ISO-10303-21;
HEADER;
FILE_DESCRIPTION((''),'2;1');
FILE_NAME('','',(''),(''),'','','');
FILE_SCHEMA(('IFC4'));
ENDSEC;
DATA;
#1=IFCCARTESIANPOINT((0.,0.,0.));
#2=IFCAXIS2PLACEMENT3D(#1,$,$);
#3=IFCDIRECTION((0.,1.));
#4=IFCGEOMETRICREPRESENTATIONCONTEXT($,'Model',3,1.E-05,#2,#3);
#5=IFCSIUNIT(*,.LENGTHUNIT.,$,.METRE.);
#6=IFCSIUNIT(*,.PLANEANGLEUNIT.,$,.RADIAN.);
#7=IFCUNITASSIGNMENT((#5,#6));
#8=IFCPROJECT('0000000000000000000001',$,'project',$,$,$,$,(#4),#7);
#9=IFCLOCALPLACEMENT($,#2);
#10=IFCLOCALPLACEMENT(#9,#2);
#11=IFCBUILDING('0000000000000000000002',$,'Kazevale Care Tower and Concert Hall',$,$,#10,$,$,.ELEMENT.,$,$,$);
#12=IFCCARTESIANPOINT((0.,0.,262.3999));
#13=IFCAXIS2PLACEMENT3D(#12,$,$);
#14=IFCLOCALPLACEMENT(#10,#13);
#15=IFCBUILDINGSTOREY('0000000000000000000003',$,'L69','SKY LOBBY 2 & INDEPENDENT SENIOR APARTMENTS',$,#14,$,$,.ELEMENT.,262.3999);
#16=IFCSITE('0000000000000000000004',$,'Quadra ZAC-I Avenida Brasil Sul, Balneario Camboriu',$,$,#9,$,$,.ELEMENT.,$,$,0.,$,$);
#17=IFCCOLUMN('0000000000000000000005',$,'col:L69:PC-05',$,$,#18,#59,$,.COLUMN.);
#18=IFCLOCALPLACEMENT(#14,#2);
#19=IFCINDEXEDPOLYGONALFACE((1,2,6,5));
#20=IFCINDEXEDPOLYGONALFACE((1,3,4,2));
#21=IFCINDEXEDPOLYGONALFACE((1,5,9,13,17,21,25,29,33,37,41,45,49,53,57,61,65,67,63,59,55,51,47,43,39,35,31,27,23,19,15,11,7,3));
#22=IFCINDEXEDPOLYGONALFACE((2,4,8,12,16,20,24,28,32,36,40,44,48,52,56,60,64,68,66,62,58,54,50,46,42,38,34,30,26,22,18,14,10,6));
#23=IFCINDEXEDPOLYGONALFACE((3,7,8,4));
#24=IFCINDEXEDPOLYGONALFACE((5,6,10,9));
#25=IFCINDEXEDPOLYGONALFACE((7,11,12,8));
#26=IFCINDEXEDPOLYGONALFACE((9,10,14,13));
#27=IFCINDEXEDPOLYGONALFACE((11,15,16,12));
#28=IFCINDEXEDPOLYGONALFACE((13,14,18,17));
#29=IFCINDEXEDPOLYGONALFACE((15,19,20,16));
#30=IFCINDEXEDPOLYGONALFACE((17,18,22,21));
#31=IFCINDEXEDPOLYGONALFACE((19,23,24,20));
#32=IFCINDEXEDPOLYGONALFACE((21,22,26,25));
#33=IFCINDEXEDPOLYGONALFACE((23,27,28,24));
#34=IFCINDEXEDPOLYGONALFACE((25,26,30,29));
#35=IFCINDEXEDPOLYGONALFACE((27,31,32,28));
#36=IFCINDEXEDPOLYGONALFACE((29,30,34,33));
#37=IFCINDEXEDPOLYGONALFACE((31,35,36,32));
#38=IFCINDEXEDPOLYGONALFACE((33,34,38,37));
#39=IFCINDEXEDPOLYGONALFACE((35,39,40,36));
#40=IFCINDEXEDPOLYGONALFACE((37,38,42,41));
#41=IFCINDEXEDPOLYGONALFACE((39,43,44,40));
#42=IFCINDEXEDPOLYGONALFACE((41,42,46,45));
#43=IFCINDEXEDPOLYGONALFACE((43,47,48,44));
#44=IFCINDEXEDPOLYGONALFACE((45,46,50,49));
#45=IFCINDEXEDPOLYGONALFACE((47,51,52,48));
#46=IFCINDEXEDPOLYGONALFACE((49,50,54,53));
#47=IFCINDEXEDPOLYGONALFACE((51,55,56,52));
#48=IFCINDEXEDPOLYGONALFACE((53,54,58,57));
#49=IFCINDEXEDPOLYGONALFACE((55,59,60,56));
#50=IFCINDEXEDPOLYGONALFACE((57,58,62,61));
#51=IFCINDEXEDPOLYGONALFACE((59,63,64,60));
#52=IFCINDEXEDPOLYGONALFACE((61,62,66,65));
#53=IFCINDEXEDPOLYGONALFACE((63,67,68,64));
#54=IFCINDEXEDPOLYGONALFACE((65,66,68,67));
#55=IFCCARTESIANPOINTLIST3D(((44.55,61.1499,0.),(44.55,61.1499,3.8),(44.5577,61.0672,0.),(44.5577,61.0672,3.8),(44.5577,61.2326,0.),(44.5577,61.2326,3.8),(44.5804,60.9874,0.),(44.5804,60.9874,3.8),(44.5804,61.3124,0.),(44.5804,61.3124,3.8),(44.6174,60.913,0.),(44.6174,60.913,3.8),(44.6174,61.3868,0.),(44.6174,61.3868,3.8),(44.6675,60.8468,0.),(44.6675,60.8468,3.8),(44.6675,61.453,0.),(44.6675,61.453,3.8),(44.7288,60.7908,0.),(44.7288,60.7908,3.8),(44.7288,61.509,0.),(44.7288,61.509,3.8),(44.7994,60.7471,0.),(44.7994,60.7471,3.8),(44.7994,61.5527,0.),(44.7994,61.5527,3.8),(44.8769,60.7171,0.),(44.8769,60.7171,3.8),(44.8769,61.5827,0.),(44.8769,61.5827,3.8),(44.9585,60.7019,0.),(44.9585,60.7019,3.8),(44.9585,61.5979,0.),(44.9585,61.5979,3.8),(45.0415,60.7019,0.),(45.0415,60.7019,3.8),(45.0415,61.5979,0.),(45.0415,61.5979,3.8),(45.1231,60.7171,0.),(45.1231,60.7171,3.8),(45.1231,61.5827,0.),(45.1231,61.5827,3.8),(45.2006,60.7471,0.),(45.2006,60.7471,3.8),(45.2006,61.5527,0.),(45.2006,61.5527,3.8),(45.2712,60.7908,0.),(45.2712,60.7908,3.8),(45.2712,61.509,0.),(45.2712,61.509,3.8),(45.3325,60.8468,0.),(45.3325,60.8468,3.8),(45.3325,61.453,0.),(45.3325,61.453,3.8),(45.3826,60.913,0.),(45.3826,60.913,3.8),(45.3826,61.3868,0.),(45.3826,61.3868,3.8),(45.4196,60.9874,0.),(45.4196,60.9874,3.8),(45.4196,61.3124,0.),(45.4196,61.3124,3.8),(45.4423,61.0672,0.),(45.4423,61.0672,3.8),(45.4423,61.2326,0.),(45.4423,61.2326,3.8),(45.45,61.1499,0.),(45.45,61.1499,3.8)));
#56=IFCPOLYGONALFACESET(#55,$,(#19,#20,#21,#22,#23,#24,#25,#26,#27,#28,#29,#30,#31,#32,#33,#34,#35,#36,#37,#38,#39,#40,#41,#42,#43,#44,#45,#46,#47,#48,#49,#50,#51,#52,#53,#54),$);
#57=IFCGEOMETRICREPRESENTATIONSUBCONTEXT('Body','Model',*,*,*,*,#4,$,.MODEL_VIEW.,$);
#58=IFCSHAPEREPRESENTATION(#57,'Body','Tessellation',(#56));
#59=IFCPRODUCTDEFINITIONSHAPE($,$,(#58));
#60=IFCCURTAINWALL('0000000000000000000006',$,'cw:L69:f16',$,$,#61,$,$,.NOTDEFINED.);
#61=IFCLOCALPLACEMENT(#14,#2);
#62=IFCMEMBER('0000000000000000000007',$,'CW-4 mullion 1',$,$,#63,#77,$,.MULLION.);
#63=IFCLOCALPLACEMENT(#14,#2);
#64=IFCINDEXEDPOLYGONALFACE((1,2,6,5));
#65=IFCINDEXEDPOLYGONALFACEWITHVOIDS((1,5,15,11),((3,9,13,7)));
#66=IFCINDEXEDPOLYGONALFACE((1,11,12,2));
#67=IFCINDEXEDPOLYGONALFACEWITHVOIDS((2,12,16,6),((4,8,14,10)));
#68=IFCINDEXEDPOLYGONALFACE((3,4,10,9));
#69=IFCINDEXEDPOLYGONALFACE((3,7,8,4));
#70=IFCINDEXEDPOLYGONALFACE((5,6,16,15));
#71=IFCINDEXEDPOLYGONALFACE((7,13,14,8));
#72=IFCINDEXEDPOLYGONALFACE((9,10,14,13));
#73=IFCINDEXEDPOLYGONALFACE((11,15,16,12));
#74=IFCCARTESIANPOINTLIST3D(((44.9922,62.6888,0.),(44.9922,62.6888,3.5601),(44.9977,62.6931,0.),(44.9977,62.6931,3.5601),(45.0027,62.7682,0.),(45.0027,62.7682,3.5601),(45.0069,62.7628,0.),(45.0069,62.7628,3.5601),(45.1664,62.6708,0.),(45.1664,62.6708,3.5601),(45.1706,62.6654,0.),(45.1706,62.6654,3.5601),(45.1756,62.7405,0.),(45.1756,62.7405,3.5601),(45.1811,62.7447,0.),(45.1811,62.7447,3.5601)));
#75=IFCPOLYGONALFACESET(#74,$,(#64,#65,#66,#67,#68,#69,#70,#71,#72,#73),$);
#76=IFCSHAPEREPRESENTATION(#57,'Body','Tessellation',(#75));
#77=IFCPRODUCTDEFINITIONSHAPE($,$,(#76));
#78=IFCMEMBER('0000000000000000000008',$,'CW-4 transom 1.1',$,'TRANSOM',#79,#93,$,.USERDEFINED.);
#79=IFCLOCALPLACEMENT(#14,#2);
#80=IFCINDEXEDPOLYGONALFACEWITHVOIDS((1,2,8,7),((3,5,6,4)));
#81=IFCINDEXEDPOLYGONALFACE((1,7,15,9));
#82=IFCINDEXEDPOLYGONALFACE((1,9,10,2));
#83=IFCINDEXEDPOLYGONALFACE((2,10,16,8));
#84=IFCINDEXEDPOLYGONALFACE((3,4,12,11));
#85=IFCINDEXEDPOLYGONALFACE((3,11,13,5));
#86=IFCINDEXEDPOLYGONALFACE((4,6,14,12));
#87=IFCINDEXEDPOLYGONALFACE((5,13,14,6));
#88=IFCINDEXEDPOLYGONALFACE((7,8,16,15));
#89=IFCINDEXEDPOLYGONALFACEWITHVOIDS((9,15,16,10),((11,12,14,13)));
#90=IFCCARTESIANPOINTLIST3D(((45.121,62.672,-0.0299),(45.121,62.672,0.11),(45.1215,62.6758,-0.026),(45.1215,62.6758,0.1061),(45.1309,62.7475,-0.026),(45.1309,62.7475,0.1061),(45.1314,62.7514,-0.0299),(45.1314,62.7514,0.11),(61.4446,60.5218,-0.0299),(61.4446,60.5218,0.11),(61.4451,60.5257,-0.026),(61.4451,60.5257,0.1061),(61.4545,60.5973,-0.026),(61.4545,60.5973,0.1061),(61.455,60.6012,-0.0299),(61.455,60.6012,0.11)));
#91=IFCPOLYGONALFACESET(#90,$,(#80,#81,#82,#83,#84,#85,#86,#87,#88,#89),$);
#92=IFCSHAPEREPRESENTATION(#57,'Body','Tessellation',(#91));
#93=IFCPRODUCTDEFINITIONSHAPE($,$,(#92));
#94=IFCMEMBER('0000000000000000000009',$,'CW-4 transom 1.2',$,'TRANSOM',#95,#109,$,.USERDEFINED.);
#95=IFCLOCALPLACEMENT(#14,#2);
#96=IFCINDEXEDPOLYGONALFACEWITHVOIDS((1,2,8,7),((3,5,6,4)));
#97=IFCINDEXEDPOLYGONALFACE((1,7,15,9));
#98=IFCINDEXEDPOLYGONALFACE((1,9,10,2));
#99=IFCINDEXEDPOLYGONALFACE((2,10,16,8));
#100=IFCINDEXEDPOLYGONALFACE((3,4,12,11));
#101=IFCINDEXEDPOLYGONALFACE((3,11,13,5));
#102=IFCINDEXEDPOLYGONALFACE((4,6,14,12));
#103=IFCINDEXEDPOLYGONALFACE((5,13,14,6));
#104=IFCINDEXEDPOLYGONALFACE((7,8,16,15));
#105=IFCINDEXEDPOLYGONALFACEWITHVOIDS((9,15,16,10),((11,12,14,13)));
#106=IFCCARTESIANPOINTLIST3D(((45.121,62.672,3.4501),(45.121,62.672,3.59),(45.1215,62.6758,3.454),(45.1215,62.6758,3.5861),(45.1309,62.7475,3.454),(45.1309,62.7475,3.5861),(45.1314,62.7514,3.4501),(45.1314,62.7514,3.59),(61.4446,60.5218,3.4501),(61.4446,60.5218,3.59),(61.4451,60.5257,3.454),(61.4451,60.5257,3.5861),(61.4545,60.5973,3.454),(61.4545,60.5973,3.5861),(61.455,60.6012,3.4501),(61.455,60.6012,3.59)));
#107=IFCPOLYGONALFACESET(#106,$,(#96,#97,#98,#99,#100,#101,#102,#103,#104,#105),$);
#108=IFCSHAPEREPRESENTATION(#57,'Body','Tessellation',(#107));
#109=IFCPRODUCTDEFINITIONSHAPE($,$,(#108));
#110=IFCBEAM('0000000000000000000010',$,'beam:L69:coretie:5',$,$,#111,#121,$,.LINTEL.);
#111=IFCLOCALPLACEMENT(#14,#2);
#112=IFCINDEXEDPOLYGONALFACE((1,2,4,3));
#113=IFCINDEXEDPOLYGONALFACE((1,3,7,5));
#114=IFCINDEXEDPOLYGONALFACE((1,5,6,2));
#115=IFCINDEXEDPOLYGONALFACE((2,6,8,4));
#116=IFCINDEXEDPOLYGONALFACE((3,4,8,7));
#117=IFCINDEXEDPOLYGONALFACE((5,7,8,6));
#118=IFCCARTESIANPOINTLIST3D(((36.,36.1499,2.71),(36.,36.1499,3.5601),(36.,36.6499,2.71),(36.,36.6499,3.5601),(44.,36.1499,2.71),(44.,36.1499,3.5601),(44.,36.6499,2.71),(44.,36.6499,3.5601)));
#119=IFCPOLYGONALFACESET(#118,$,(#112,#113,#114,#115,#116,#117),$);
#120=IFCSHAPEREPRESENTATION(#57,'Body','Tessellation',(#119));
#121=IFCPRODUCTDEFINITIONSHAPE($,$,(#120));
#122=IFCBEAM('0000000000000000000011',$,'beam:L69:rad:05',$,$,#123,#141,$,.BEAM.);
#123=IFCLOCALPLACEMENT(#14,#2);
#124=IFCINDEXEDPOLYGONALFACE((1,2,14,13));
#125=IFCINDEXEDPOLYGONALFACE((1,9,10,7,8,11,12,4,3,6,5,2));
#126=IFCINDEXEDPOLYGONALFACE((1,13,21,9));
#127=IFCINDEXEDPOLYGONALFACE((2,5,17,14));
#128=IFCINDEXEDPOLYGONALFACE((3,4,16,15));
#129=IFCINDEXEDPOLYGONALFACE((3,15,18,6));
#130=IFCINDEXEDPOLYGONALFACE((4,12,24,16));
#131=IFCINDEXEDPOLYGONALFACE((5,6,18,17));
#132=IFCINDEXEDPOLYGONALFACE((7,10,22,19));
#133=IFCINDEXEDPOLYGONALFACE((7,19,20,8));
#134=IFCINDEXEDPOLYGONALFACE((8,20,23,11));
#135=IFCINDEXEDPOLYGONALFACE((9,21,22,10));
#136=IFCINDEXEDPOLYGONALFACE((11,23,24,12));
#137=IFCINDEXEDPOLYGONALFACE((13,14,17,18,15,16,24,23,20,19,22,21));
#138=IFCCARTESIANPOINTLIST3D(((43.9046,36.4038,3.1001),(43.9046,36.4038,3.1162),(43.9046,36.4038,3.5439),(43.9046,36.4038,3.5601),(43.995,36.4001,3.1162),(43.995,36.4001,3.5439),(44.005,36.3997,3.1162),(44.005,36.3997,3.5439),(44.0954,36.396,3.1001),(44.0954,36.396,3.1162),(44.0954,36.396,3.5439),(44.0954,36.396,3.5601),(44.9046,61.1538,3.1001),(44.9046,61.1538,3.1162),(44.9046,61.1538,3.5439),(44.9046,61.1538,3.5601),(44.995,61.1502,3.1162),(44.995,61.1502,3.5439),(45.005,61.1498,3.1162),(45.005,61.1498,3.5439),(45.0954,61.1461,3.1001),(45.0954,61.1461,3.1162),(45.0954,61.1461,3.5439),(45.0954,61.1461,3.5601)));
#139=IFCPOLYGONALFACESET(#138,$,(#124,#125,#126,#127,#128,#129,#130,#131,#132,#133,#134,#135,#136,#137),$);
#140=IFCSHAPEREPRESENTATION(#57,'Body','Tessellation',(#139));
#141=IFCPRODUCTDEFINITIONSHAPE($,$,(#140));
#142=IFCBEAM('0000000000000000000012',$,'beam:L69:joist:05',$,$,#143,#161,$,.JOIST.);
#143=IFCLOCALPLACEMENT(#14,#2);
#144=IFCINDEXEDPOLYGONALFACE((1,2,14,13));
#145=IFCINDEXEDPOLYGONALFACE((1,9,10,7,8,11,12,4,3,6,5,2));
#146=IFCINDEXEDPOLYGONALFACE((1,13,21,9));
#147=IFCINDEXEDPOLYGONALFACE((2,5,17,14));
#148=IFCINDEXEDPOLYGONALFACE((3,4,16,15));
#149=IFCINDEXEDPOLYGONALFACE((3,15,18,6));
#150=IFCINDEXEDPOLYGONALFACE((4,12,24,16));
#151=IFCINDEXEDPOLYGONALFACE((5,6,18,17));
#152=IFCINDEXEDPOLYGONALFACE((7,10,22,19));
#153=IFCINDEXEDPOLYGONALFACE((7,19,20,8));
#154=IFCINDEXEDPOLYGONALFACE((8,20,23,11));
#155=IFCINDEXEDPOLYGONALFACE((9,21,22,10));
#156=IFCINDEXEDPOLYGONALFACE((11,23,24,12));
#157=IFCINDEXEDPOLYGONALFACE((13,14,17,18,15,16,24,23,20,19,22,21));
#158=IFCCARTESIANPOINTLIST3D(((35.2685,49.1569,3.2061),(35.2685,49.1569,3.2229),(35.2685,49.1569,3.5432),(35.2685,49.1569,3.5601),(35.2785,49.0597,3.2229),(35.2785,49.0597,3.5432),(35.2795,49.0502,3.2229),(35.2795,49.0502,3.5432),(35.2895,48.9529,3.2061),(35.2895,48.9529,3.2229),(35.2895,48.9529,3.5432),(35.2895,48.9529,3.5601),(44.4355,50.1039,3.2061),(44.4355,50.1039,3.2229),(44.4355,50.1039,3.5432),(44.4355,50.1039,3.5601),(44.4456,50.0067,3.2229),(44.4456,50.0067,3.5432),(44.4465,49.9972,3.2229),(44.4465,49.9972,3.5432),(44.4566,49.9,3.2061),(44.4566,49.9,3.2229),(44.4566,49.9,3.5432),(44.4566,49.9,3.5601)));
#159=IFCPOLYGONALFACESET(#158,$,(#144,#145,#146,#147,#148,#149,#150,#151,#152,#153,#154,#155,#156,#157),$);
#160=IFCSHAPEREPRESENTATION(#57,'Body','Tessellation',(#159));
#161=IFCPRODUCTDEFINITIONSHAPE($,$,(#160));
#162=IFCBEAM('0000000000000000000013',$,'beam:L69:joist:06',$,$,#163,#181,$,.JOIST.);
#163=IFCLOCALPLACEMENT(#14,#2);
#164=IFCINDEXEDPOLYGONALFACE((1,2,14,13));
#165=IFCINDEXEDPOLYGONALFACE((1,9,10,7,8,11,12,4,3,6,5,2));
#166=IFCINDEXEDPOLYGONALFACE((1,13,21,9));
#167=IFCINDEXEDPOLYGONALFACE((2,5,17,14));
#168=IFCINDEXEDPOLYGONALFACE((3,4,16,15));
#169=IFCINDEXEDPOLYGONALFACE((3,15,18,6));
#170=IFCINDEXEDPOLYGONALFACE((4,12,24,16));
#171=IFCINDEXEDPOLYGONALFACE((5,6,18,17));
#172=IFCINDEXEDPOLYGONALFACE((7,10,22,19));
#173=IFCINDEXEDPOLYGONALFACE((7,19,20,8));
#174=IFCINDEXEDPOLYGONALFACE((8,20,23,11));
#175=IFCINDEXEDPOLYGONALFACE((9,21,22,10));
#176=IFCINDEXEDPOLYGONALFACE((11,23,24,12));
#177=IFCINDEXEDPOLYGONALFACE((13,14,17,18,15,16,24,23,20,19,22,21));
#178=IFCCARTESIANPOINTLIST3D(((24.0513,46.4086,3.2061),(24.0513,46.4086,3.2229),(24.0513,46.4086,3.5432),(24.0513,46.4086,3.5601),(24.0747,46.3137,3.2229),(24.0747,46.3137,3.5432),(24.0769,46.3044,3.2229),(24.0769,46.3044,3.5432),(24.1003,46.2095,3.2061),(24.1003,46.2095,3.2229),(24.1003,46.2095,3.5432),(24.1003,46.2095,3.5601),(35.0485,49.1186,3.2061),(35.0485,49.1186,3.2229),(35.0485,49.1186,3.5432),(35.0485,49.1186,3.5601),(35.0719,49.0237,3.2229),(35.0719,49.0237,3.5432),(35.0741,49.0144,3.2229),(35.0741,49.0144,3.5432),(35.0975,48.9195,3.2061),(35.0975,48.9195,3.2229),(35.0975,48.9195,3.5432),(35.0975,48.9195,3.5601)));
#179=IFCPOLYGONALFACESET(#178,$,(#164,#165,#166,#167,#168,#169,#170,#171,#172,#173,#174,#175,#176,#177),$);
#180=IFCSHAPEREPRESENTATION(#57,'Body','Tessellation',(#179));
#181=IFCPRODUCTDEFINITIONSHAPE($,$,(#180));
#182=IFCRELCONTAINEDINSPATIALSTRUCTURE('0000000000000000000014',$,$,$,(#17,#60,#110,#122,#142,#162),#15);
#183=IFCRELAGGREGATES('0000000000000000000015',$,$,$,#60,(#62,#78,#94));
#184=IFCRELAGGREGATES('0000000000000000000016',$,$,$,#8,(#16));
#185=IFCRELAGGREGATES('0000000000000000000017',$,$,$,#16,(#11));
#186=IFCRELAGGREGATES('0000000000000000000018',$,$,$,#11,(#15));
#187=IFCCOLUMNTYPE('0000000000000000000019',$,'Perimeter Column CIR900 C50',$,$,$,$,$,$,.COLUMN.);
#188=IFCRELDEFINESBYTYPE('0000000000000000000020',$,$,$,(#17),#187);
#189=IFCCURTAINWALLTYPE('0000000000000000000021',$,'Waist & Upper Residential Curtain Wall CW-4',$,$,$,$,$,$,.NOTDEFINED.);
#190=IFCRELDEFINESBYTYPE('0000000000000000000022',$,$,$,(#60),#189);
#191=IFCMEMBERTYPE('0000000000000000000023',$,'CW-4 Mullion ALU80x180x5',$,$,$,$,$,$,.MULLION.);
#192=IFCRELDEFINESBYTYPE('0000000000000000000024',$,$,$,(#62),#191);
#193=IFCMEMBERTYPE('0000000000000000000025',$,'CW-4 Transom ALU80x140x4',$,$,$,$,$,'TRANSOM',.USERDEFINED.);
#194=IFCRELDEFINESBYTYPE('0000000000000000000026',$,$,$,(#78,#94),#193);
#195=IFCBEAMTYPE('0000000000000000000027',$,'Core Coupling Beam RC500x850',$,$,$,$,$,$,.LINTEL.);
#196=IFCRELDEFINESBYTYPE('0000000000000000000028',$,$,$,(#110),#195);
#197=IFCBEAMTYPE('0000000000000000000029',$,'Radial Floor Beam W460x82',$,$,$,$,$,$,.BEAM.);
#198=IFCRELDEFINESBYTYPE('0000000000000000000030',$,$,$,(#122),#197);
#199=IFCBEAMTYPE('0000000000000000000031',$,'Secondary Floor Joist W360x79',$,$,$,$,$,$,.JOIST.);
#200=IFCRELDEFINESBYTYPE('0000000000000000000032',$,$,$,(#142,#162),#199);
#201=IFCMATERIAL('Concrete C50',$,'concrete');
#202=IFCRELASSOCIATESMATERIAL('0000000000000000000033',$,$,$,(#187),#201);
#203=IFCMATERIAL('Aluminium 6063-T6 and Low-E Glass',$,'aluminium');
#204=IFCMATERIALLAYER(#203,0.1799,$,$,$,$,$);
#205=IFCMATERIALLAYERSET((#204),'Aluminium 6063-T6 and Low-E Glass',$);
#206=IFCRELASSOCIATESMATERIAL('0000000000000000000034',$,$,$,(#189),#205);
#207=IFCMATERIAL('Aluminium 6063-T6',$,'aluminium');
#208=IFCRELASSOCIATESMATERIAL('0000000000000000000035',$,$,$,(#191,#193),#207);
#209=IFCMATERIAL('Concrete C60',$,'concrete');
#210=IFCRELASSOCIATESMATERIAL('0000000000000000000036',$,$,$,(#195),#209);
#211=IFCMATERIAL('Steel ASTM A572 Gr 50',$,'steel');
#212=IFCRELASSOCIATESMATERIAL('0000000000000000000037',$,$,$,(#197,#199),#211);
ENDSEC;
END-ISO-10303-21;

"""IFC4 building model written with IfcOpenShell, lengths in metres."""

from ifc_helpers import new_model, si_unit, direction, frame, origin, origin_2d, place, context, subcontext, project, spatial, rectangle, hollow_rectangle, circle, i_section, extrude, material, layer, layer_set, material_profile, profile_set, type_object, element, aggregate, save


model = new_model("IFC4")

# Units and contexts
model_context = context("Model", 3, precision=1e-05, world=origin(), true_north=direction((0.0, 1.0)))
body_context = subcontext(model_context, "Body", "Model", "MODEL_VIEW")
ifc_project = project(units=[si_unit("LENGTHUNIT", "METRE"), si_unit("PLANEANGLEUNIT", "RADIAN")], contexts=[model_context])

# Site, building, storey
site_placement = place(None, origin())
site = spatial("IfcSite", under=ifc_project, at=site_placement, Name="Quadra ZAC-I Avenida Brasil Sul, Balneario Camboriu", CompositionType="ELEMENT", RefElevation=0.0)
building_placement = place(site_placement, origin())
building = spatial("IfcBuilding", under=site, at=building_placement, Name="Kazevale Care Tower and Concert Hall", CompositionType="ELEMENT")
storey_placement = place(building_placement, frame((0.0, 0.0, 262.3999)))
storey = spatial("IfcBuildingStorey", under=building, at=storey_placement, Name="L69", Description="SKY LOBBY 2 & INDEPENDENT SENIOR APARTMENTS", CompositionType="ELEMENT", Elevation=262.3999)

# Column
ifc_material_1 = material(Name="Concrete C50", Category="concrete")
ifc_material_profile_1 = material_profile(ifc_material_1, circle(Radius=0.45, at=origin_2d()), Name="RC-CIR900")
ifc_profile_set_1 = profile_set([ifc_material_profile_1], Name="Concrete C50")
column_type = type_object("IfcColumnType", Name="Perimeter Column CIR900 C50", PredefinedType="COLUMN", material=ifc_profile_set_1)
column_placement = place(storey_placement, frame((45.0, 61.1499, 0.0), z_axis=(0.0, 0.0, 1.0), x_axis=(1.0, 0.0, 0.0)))
element("IfcColumn", 1, at=column_placement, inside=storey, type_object=column_type, Name="col:L69:PC-05", PredefinedType="COLUMN", context=body_context, shape_type="SweptSolid", body=[
    extrude(circle(Radius=0.45, at=origin_2d()), origin(), (0.0, 0.0, 1.0), 3.8),
])

# Curtain wall, members
ifc_material_2 = material(Name="Aluminium 6063-T6 and Low-E Glass", Category="aluminium")
ifc_layer_1 = layer(ifc_material_2, 0.1799)
ifc_layer_set_1 = layer_set([ifc_layer_1], Name="Aluminium 6063-T6 and Low-E Glass")
curtain_wall_type = type_object("IfcCurtainWallType", Name="Waist & Upper Residential Curtain Wall CW-4", PredefinedType="NOTDEFINED", material=ifc_layer_set_1)
curtain_wall_placement = place(storey_placement, origin())
curtain_wall = element("IfcCurtainWall", 2, at=curtain_wall_placement, inside=storey, type_object=curtain_wall_type, Name="cw:L69:f16", PredefinedType="NOTDEFINED")
ifc_material_3 = material(Name="Aluminium 6063-T6", Category="aluminium")
ifc_material_profile_2 = material_profile(ifc_material_3, hollow_rectangle(XDim=0.0801, YDim=0.1799, WallThickness=0.0049, at=origin_2d()), Name="ALU80x180x5")
ifc_profile_set_2 = profile_set([ifc_material_profile_2], Name="Aluminium 6063-T6")
member_type_1 = type_object("IfcMemberType", Name="CW-4 Mullion ALU80x180x5", PredefinedType="MULLION", material=ifc_profile_set_2)
member_1_placement = place(storey_placement, frame((45.0867, 62.7168, 0.0), z_axis=(0.0, 0.0, 1.0), x_axis=(0.130591, 0.991436, 0.0)))
member_1 = element("IfcMember", 3, at=member_1_placement, type_object=member_type_1, Name="CW-4 mullion 1", PredefinedType="MULLION", context=body_context, shape_type="SweptSolid", body=[
    extrude(hollow_rectangle(XDim=0.0801, YDim=0.1799, WallThickness=0.0049, at=origin_2d()), origin(), (0.0, 0.0, 1.0), 3.5601),
])
ifc_material_profile_3 = material_profile(ifc_material_3, hollow_rectangle(XDim=0.0801, YDim=0.1399, WallThickness=0.0039, at=origin_2d()), Name="ALU80x140x4")
ifc_profile_set_3 = profile_set([ifc_material_profile_3], Name="Aluminium 6063-T6")
member_type_2 = type_object("IfcMemberType", Name="CW-4 Transom ALU80x140x4", ElementType="TRANSOM", PredefinedType="USERDEFINED", material=ifc_profile_set_3)
member_2_placement = place(storey_placement, frame((45.1262, 62.7117, 0.04), z_axis=(0.991436, -0.130593, 0.0), x_axis=(0.130593, 0.991436, 0.0)))
member_2 = element("IfcMember", 4, at=member_2_placement, type_object=member_type_2, Name="CW-4 transom 1.1", ObjectType="TRANSOM", PredefinedType="USERDEFINED", context=body_context, shape_type="SweptSolid", body=[
    extrude(hollow_rectangle(XDim=0.0801, YDim=0.1399, WallThickness=0.0039, at=origin_2d()), origin(), (0.0, 0.0, 1.0), 16.4646),
])
member_3_placement = place(storey_placement, frame((45.1262, 62.7117, 3.52), z_axis=(0.991436, -0.130593, 0.0), x_axis=(0.130593, 0.991436, 0.0)))
member_3 = element("IfcMember", 5, at=member_3_placement, type_object=member_type_2, Name="CW-4 transom 1.2", ObjectType="TRANSOM", PredefinedType="USERDEFINED", context=body_context, shape_type="SweptSolid", body=[
    extrude(hollow_rectangle(XDim=0.0801, YDim=0.1399, WallThickness=0.0039, at=origin_2d()), origin(), (0.0, 0.0, 1.0), 16.4646),
])
aggregate(curtain_wall, [member_1, member_2, member_3])

# Beams
ifc_material_4 = material(Name="Concrete C60", Category="concrete")
ifc_material_profile_4 = material_profile(ifc_material_4, rectangle(XDim=0.5, YDim=0.8501, at=origin_2d()), Name="RC-B500x850")
ifc_profile_set_4 = profile_set([ifc_material_profile_4], Name="Concrete C60")
beam_type_1 = type_object("IfcBeamType", Name="Core Coupling Beam RC500x850", PredefinedType="LINTEL", material=ifc_profile_set_4)
beam_1_placement = place(storey_placement, frame((44.0, 36.3999, 3.135), z_axis=(-1.0, 0.0, 0.0), x_axis=(0.0, -1.0, 0.0)))
element("IfcBeam", 6, at=beam_1_placement, inside=storey, type_object=beam_type_1, Name="beam:L69:coretie:5", PredefinedType="LINTEL", context=body_context, shape_type="SweptSolid", body=[
    extrude(rectangle(XDim=0.5, YDim=0.8501, at=origin_2d()), origin(), (0.0, 0.0, 1.0), 8.0),
])
ifc_material_5 = material(Name="Steel ASTM A572 Gr 50", Category="steel")
ifc_material_profile_5 = material_profile(ifc_material_5, i_section(OverallWidth=0.1909, OverallDepth=0.46, WebThickness=0.01, FlangeThickness=0.0161, at=origin_2d()), Name="W460x82")
ifc_profile_set_5 = profile_set([ifc_material_profile_5], Name="Steel ASTM A572 Gr 50")
beam_type_2 = type_object("IfcBeamType", Name="Radial Floor Beam W460x82", PredefinedType="BEAM", material=ifc_profile_set_5)
beam_2_placement = place(storey_placement, frame((44.0, 36.3999, 3.3301), z_axis=(0.040371, 0.999185, 0.0), x_axis=(-0.999185, 0.040371, 0.0)))
element("IfcBeam", 7, at=beam_2_placement, inside=storey, type_object=beam_type_2, Name="beam:L69:rad:05", PredefinedType="BEAM", context=body_context, shape_type="SweptSolid", body=[
    extrude(i_section(OverallWidth=0.1909, OverallDepth=0.46, WebThickness=0.01, FlangeThickness=0.0161, at=origin_2d()), origin(), (0.0, 0.0, 1.0), 24.7703),
])
ifc_material_profile_6 = material_profile(ifc_material_5, i_section(OverallWidth=0.2051, OverallDepth=0.354, WebThickness=0.0095, FlangeThickness=0.0168, at=origin_2d()), Name="W360x79")
ifc_profile_set_6 = profile_set([ifc_material_profile_6], Name="Steel ASTM A572 Gr 50")
beam_type_3 = type_object("IfcBeamType", Name="Secondary Floor Joist W360x79", PredefinedType="JOIST", material=ifc_profile_set_6)
beam_3_placement = place(storey_placement, frame((44.446, 50.002, 3.3831), z_axis=(-0.994706, -0.102761, 0.0), x_axis=(0.102761, -0.994706, 0.0)))
element("IfcBeam", 8, at=beam_3_placement, inside=storey, type_object=beam_type_3, Name="beam:L69:joist:05", PredefinedType="JOIST", context=body_context, shape_type="SweptSolid", body=[
    extrude(i_section(OverallWidth=0.2051, OverallDepth=0.354, WebThickness=0.0095, FlangeThickness=0.0168, at=origin_2d()), origin(), (0.0, 0.0, 1.0), 9.2158),
])
beam_4_placement = place(storey_placement, frame((35.073, 49.019, 3.3831), z_axis=(-0.970954, -0.239268, 0.0), x_axis=(0.239268, -0.970954, 0.0)))
element("IfcBeam", 9, at=beam_4_placement, inside=storey, type_object=beam_type_3, Name="beam:L69:joist:06", PredefinedType="JOIST", context=body_context, shape_type="SweptSolid", body=[
    extrude(i_section(OverallWidth=0.2051, OverallDepth=0.354, WebThickness=0.0095, FlangeThickness=0.0168, at=origin_2d()), origin(), (0.0, 0.0, 1.0), 11.3262),
])

save(model, "model.ifc")
